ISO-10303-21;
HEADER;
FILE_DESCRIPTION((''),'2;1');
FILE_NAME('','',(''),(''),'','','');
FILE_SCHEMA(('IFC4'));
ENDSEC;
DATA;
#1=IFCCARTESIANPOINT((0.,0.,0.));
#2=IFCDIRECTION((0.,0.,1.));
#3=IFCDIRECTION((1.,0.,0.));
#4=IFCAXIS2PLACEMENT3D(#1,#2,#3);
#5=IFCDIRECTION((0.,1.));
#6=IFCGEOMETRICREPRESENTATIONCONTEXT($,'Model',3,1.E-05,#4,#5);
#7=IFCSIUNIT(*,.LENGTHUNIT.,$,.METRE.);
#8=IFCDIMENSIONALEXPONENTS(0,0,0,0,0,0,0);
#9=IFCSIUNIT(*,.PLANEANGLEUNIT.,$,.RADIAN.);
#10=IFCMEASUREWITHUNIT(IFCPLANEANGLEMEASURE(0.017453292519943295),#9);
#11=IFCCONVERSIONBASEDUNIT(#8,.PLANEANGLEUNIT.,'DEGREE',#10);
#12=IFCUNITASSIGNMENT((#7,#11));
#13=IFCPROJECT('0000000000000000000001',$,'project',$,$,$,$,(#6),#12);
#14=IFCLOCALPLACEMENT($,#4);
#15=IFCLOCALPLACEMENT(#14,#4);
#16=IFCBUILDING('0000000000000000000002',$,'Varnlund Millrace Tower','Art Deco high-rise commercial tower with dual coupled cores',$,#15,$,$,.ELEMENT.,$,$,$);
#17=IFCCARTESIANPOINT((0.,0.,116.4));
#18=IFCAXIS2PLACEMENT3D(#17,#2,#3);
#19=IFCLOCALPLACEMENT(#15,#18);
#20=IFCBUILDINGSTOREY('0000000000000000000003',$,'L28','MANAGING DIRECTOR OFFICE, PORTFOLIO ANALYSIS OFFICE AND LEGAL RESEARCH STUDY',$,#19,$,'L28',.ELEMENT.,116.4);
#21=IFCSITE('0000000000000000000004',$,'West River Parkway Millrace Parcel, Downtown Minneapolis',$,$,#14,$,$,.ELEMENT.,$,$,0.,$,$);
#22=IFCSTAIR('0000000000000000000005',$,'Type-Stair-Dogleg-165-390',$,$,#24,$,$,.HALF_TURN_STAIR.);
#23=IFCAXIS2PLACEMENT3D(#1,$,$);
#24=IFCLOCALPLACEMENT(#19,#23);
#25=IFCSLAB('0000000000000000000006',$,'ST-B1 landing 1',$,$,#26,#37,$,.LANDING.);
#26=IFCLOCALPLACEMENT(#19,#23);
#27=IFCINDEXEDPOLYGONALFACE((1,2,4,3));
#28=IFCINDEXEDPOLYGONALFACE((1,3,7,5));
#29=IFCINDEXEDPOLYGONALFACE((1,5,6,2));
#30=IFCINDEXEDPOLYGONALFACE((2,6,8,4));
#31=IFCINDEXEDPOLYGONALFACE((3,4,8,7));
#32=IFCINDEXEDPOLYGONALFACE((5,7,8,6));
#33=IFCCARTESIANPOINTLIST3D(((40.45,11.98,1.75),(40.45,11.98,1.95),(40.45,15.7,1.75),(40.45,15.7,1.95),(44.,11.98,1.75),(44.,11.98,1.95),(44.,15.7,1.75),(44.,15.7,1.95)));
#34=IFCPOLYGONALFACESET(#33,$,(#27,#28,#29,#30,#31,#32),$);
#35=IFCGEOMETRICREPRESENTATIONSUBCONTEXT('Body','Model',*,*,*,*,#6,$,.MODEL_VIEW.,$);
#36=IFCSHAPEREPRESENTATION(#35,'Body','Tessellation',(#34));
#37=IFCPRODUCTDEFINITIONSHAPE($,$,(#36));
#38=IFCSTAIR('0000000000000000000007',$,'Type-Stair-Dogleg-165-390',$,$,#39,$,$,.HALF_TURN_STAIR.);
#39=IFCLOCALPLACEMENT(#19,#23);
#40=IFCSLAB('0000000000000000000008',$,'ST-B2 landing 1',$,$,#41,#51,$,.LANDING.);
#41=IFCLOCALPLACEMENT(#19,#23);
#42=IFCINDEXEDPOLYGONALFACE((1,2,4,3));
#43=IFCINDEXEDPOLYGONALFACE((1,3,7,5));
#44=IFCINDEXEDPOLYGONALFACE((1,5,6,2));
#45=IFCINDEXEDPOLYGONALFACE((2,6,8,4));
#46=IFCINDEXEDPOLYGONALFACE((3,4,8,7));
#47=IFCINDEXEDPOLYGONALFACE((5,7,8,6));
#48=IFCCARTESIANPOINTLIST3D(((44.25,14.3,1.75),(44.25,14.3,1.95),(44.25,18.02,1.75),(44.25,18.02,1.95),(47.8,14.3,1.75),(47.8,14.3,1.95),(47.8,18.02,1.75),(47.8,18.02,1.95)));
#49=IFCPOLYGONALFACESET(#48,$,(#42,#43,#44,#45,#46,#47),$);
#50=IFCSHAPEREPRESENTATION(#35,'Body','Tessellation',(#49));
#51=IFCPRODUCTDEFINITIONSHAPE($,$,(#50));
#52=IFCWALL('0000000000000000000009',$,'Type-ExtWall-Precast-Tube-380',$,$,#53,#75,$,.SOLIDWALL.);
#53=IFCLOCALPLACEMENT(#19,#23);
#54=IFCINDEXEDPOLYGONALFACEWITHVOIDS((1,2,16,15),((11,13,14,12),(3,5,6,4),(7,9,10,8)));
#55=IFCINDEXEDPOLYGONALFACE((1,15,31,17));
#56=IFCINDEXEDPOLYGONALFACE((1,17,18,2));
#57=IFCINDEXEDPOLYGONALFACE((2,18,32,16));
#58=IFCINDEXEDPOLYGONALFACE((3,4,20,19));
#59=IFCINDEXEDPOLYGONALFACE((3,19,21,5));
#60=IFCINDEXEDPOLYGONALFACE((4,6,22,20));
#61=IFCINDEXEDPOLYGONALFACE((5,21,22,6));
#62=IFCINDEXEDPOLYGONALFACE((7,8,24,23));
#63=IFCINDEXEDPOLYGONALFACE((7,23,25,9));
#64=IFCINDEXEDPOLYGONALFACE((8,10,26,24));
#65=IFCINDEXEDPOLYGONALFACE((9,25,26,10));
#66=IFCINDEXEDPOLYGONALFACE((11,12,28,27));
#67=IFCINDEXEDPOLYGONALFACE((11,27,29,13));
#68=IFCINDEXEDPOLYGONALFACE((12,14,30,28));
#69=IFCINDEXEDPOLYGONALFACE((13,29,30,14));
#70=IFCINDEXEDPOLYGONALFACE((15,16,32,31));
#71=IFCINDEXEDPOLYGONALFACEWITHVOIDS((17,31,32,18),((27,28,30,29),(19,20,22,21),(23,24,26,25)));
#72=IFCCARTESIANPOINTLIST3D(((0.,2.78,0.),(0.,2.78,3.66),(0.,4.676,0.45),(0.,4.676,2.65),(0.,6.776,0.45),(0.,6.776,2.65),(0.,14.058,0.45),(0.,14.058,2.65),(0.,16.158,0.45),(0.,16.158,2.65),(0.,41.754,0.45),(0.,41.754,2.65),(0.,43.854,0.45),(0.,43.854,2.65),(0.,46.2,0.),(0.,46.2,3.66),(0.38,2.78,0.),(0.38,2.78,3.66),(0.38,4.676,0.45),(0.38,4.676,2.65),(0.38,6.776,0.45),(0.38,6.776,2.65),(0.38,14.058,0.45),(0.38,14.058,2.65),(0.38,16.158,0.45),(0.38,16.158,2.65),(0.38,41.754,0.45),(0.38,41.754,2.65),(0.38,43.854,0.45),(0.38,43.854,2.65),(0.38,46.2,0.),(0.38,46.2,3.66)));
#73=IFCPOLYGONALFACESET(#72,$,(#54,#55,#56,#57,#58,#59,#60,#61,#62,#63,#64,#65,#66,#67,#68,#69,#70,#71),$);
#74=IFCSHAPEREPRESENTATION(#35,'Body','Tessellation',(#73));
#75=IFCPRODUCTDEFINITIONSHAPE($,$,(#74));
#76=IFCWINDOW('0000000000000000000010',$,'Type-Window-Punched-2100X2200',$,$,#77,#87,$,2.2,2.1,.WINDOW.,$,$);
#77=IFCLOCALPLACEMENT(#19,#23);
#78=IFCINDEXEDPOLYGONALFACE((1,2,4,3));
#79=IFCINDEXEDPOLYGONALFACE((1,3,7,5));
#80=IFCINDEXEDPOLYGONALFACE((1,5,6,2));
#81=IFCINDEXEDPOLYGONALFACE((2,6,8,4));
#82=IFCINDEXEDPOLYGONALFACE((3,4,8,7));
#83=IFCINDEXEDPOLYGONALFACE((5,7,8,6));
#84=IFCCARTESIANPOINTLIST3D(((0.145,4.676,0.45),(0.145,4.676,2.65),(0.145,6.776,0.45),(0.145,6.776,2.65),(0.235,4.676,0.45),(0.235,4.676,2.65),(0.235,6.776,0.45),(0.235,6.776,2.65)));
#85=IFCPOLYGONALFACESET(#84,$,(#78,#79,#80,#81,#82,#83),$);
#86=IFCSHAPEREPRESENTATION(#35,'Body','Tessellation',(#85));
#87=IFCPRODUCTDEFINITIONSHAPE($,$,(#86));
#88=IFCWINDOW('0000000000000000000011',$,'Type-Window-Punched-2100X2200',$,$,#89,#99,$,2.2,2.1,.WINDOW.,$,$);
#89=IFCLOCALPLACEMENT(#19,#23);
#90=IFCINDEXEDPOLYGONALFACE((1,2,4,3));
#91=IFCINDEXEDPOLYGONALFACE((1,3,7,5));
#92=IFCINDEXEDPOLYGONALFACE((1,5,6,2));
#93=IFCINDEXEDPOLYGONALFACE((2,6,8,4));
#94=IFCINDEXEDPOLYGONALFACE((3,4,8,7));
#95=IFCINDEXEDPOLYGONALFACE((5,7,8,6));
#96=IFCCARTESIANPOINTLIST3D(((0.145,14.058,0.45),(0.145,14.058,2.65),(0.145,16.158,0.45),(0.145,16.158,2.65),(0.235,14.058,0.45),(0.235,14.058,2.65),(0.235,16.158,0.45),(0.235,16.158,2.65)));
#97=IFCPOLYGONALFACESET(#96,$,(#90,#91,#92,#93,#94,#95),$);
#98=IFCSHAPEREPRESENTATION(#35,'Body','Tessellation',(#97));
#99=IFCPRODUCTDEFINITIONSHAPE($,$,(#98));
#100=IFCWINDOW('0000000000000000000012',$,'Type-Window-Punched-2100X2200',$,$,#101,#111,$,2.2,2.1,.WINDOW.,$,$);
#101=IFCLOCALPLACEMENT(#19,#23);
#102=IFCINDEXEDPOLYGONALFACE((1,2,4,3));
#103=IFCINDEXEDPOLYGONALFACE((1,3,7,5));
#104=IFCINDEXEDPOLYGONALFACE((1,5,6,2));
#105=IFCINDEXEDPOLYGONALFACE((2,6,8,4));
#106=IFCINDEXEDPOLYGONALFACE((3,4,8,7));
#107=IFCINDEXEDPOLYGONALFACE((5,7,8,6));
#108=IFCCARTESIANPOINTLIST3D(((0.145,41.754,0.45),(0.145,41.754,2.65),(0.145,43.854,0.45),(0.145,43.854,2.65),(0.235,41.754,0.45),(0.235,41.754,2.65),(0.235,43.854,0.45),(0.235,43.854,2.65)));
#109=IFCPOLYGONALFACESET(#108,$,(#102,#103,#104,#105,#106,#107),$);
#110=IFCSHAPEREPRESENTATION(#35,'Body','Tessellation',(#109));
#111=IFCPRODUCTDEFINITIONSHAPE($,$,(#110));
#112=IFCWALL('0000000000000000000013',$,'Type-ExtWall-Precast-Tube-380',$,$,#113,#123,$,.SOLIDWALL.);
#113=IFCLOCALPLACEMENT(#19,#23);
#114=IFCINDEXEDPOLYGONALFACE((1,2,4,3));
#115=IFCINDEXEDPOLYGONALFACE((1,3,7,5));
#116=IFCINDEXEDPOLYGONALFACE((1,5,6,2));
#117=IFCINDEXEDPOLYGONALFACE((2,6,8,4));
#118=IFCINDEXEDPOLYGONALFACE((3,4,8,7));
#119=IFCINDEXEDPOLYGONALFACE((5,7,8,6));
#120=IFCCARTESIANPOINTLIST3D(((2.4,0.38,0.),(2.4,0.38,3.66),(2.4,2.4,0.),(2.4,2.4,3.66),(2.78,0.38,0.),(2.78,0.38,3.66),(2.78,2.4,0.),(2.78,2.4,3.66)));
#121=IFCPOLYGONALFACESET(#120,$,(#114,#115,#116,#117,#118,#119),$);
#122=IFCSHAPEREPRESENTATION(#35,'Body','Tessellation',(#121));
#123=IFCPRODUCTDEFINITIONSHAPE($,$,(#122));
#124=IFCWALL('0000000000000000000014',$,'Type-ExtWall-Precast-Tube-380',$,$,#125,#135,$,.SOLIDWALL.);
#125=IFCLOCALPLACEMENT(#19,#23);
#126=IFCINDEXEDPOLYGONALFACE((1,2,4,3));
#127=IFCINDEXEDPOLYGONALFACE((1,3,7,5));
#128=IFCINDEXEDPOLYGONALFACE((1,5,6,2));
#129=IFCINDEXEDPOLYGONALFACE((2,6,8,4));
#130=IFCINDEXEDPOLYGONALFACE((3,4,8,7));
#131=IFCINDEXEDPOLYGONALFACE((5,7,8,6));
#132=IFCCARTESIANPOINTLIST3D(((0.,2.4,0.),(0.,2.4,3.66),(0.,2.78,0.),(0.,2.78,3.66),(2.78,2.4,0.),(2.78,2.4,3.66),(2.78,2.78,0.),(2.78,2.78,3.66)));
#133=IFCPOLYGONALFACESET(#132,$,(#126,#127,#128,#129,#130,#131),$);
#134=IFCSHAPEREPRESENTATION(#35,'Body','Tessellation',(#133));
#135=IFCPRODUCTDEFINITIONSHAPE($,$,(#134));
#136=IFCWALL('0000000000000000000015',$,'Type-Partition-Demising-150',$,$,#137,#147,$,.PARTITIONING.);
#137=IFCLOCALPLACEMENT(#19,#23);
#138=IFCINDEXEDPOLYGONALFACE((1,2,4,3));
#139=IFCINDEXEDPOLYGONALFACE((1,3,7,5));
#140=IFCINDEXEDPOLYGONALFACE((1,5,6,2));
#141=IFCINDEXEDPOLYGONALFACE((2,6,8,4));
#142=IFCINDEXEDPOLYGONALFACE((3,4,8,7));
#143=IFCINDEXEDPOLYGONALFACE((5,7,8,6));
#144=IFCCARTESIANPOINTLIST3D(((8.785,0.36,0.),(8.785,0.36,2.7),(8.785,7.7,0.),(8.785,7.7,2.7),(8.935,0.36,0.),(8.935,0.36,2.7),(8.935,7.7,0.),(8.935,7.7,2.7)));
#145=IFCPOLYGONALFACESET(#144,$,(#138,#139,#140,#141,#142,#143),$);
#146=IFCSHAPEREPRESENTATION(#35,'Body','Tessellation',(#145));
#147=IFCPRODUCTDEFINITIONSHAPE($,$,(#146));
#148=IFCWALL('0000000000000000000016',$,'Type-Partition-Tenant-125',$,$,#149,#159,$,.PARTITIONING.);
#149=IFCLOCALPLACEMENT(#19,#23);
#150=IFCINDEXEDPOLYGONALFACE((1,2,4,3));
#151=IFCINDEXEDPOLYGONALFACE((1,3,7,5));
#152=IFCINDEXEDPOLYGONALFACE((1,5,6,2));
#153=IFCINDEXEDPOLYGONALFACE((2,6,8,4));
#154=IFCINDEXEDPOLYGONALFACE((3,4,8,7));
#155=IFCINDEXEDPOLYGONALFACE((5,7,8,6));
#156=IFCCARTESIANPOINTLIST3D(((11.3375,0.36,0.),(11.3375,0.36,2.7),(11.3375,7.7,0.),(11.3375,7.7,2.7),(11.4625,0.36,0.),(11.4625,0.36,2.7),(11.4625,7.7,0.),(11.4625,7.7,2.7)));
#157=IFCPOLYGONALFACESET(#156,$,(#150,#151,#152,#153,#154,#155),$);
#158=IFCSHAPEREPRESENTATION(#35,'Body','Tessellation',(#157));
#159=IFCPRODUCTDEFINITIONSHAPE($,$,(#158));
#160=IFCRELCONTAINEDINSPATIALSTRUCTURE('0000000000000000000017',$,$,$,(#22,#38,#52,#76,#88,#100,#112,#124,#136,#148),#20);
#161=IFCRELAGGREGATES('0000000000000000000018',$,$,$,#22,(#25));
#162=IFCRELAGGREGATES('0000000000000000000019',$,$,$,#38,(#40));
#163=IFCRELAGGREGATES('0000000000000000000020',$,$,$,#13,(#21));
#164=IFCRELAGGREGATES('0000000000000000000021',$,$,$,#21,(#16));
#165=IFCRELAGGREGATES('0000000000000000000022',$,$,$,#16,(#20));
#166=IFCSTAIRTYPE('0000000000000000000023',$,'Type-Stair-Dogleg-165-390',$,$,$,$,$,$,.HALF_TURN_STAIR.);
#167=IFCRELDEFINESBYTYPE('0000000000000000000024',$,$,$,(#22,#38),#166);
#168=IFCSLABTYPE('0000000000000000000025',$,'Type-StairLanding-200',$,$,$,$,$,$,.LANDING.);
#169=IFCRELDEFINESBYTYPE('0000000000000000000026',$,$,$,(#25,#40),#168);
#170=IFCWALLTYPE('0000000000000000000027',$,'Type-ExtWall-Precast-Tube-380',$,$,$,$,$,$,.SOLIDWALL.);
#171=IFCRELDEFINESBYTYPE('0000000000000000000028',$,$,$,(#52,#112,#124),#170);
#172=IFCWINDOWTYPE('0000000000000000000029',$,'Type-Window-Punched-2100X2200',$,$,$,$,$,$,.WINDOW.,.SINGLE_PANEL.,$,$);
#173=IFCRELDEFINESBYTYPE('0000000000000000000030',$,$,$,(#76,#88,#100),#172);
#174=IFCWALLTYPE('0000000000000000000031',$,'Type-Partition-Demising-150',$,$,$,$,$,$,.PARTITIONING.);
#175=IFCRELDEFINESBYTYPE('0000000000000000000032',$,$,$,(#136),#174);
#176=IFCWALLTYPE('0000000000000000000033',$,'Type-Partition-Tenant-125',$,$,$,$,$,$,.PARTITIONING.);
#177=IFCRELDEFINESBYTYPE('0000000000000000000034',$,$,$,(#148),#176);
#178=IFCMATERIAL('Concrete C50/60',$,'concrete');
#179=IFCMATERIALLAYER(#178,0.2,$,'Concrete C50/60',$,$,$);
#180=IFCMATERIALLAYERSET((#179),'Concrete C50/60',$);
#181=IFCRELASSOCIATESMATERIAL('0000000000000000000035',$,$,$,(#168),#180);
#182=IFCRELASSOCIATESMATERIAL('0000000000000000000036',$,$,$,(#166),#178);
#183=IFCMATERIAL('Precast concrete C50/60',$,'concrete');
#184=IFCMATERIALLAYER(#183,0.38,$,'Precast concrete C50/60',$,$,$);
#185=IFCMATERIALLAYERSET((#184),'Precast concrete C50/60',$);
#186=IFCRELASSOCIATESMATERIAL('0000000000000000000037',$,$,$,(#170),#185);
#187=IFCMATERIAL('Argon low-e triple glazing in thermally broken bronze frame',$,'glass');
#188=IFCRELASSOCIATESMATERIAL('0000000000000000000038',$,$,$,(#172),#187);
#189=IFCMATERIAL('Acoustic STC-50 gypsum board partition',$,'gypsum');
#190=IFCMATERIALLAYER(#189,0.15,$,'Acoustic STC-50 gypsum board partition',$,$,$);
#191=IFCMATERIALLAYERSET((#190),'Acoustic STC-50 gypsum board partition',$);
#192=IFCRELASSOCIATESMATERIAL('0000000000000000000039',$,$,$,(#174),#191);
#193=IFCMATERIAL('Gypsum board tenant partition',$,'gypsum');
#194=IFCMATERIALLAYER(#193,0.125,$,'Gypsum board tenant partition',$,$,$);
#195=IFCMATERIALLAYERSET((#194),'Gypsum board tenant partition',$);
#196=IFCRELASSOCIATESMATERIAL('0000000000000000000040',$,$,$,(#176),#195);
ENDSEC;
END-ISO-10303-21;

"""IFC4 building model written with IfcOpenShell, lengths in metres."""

from ifc_helpers import new_model, entity, si_unit, converted_unit, direction, frame, origin_with_axes, origin_2d_with_axis, place, context, subcontext, project, spatial, polyline, rectangle, outline, extrude, material, layer, layer_set, type_object, element, fill, aggregate, save


model = new_model("IFC4")

# Units and contexts
model_context = context("Model", 3, precision=1e-05, world=origin_with_axes(), true_north=direction((0.0, 1.0)))
body_context = subcontext(model_context, "Body", "Model", "MODEL_VIEW")
ifc_project = project(units=[si_unit("LENGTHUNIT", "METRE"), converted_unit("PLANEANGLEUNIT", "DEGREE", entity("IfcPlaneAngleMeasure", 0.017453292519943295), si_unit("PLANEANGLEUNIT", "RADIAN"), dimensions=[0, 0, 0, 0, 0, 0, 0])], contexts=[model_context])

# Site, building, storey
site_placement = place(None, origin_with_axes())
site = spatial("IfcSite", under=ifc_project, at=site_placement, Name="West River Parkway Millrace Parcel, Downtown Minneapolis", CompositionType="ELEMENT", RefElevation=0.0)
building_placement = place(site_placement, origin_with_axes())
building = spatial("IfcBuilding", under=site, at=building_placement, Name="Varnlund Millrace Tower", Description="Art Deco high-rise commercial tower with dual coupled cores", CompositionType="ELEMENT")
storey_placement = place(building_placement, frame((0.0, 0.0, 116.4), z_axis=(0.0, 0.0, 1.0), x_axis=(1.0, 0.0, 0.0)))
storey = spatial("IfcBuildingStorey", under=building, at=storey_placement, Name="L28", Description="MANAGING DIRECTOR OFFICE, PORTFOLIO ANALYSIS OFFICE AND LEGAL RESEARCH STUDY", LongName="L28", CompositionType="ELEMENT", Elevation=116.4)

# Stairs, slabs
ifc_material_1 = material(Name="Concrete C50/60", Category="concrete")
ifc_layer_1 = layer(ifc_material_1, 0.2, Name="Concrete C50/60")
ifc_layer_set_1 = layer_set([ifc_layer_1], Name="Concrete C50/60")
slab_type = type_object("IfcSlabType", Name="Type-StairLanding-200", PredefinedType="LANDING", material=ifc_layer_set_1)
stair_type_1 = type_object("IfcStairType", Name="Type-Stair-Dogleg-165-390", PredefinedType="HALF_TURN_STAIR", material=ifc_material_1)
stair_1_placement = place(storey_placement, origin_with_axes())
stair_1 = element("IfcStair", 1, at=stair_1_placement, inside=storey, type_object=stair_type_1, Name="Type-Stair-Dogleg-165-390", PredefinedType="HALF_TURN_STAIR")
slab_1_placement = place(storey_placement, frame((0.0, 0.0, 1.75), z_axis=(0.0, 0.0, 1.0), x_axis=(1.0, 0.0, 0.0)))
slab_1 = element("IfcSlab", 2, at=slab_1_placement, type_object=slab_type, Name="ST-B1 landing 1", PredefinedType="LANDING", context=body_context, shape_type="SweptSolid", body=[
    extrude(outline(polyline([(44.0, 11.98), (44.0, 15.7), (40.45, 15.7), (40.45, 11.98), (44.0, 11.98)])), origin_with_axes(), (0.0, 0.0, 1.0), 0.2),
])
aggregate(stair_1, [slab_1])
stair_2_placement = place(storey_placement, origin_with_axes())
stair_2 = element("IfcStair", 3, at=stair_2_placement, inside=storey, type_object=stair_type_1, Name="Type-Stair-Dogleg-165-390", PredefinedType="HALF_TURN_STAIR")
slab_2_placement = place(storey_placement, frame((0.0, 0.0, 1.75), z_axis=(0.0, 0.0, 1.0), x_axis=(1.0, 0.0, 0.0)))
slab_2 = element("IfcSlab", 4, at=slab_2_placement, type_object=slab_type, Name="ST-B2 landing 1", PredefinedType="LANDING", context=body_context, shape_type="SweptSolid", body=[
    extrude(outline(polyline([(44.25, 18.02), (44.25, 14.3), (47.8, 14.3), (47.8, 18.02), (44.25, 18.02)])), origin_with_axes(), (0.0, 0.0, 1.0), 0.2),
])
aggregate(stair_2, [slab_2])

# Wall, openings, windows
ifc_material_2 = material(Name="Precast concrete C50/60", Category="concrete")
ifc_layer_2 = layer(ifc_material_2, 0.38, Name="Precast concrete C50/60")
ifc_layer_set_2 = layer_set([ifc_layer_2], Name="Precast concrete C50/60")
wall_type_1 = type_object("IfcWallType", Name="Type-ExtWall-Precast-Tube-380", PredefinedType="SOLIDWALL", material=ifc_layer_set_2)
wall_1_placement = place(storey_placement, frame((0.19, 2.78, 0.0), z_axis=(0.0, 0.0, 1.0), x_axis=(0.0, 1.0, 0.0)))
wall_1 = element("IfcWall", 5, at=wall_1_placement, inside=storey, type_object=wall_type_1, Name="Type-ExtWall-Precast-Tube-380", PredefinedType="SOLIDWALL", context=body_context, shape_type="SweptSolid", body=[
    extrude(outline(polyline([(0.0, -0.19), (43.42, -0.19), (43.42, 0.19), (0.0, 0.19), (0.0, -0.19)])), origin_with_axes(), (0.0, 0.0, 1.0), 3.66),
])
opening_1_placement = place(wall_1_placement, frame((2.946, 0.0, 0.45), z_axis=(0.0, 0.0, 1.0), x_axis=(1.0, 0.0, 0.0)))
opening_1 = element("IfcOpeningElement", 6, at=opening_1_placement, cuts=wall_1, PredefinedType="OPENING", context=body_context, shape_type="SweptSolid", body=[
    extrude(rectangle(XDim=2.1, YDim=0.4, at=origin_2d_with_axis()), origin_with_axes(), (0.0, 0.0, 1.0), 2.2),
])
opening_2_placement = place(wall_1_placement, frame((12.328, 0.0, 0.45), z_axis=(0.0, 0.0, 1.0), x_axis=(1.0, 0.0, 0.0)))
opening_2 = element("IfcOpeningElement", 7, at=opening_2_placement, cuts=wall_1, PredefinedType="OPENING", context=body_context, shape_type="SweptSolid", body=[
    extrude(rectangle(XDim=2.1, YDim=0.4, at=origin_2d_with_axis()), origin_with_axes(), (0.0, 0.0, 1.0), 2.2),
])
opening_3_placement = place(wall_1_placement, frame((40.024, 0.0, 0.45), z_axis=(0.0, 0.0, 1.0), x_axis=(1.0, 0.0, 0.0)))
opening_3 = element("IfcOpeningElement", 8, at=opening_3_placement, cuts=wall_1, PredefinedType="OPENING", context=body_context, shape_type="SweptSolid", body=[
    extrude(rectangle(XDim=2.1, YDim=0.4, at=origin_2d_with_axis()), origin_with_axes(), (0.0, 0.0, 1.0), 2.2),
])
ifc_material_3 = material(Name="Argon low-e triple glazing in thermally broken bronze frame", Category="glass")
window_type = type_object("IfcWindowType", Name="Type-Window-Punched-2100X2200", PartitioningType="SINGLE_PANEL", PredefinedType="WINDOW", material=ifc_material_3)
window_1_placement = place(wall_1_placement, frame((2.946, 0.0, 0.45), z_axis=(0.0, 0.0, 1.0), x_axis=(1.0, 0.0, 0.0)))
window_1 = element("IfcWindow", 9, at=window_1_placement, inside=storey, type_object=window_type, Name="Type-Window-Punched-2100X2200", OverallHeight=2.2, OverallWidth=2.1, PredefinedType="WINDOW", context=body_context, shape_type="SweptSolid", body=[
    extrude(rectangle(XDim=2.1, YDim=0.09, at=origin_2d_with_axis()), origin_with_axes(), (0.0, 0.0, 1.0), 2.2),
])
fill(opening_1, window_1)
window_2_placement = place(wall_1_placement, frame((12.328, 0.0, 0.45), z_axis=(0.0, 0.0, 1.0), x_axis=(1.0, 0.0, 0.0)))
window_2 = element("IfcWindow", 10, at=window_2_placement, inside=storey, type_object=window_type, Name="Type-Window-Punched-2100X2200", OverallHeight=2.2, OverallWidth=2.1, PredefinedType="WINDOW", context=body_context, shape_type="SweptSolid", body=[
    extrude(rectangle(XDim=2.1, YDim=0.09, at=origin_2d_with_axis()), origin_with_axes(), (0.0, 0.0, 1.0), 2.2),
])
fill(opening_2, window_2)
window_3_placement = place(wall_1_placement, frame((40.024, 0.0, 0.45), z_axis=(0.0, 0.0, 1.0), x_axis=(1.0, 0.0, 0.0)))
window_3 = element("IfcWindow", 11, at=window_3_placement, inside=storey, type_object=window_type, Name="Type-Window-Punched-2100X2200", OverallHeight=2.2, OverallWidth=2.1, PredefinedType="WINDOW", context=body_context, shape_type="SweptSolid", body=[
    extrude(rectangle(XDim=2.1, YDim=0.09, at=origin_2d_with_axis()), origin_with_axes(), (0.0, 0.0, 1.0), 2.2),
])
fill(opening_3, window_3)

# Walls
wall_2_placement = place(storey_placement, frame((2.59, 0.38, 0.0), z_axis=(0.0, 0.0, 1.0), x_axis=(0.0, 1.0, 0.0)))
element("IfcWall", 12, at=wall_2_placement, inside=storey, type_object=wall_type_1, Name="Type-ExtWall-Precast-Tube-380", PredefinedType="SOLIDWALL", context=body_context, shape_type="SweptSolid", body=[
    extrude(outline(polyline([(0.0, -0.19), (2.02, -0.19), (2.02, 0.19), (0.0, 0.19), (0.0, -0.19)])), origin_with_axes(), (0.0, 0.0, 1.0), 3.66),
])
wall_3_placement = place(storey_placement, frame((2.78, 2.59, 0.0), z_axis=(0.0, 0.0, 1.0), x_axis=(-1.0, 0.0, 0.0)))
element("IfcWall", 13, at=wall_3_placement, inside=storey, type_object=wall_type_1, Name="Type-ExtWall-Precast-Tube-380", PredefinedType="SOLIDWALL", context=body_context, shape_type="SweptSolid", body=[
    extrude(outline(polyline([(0.0, -0.19), (2.78, -0.19), (2.78, 0.19), (0.0, 0.19), (0.0, -0.19)])), origin_with_axes(), (0.0, 0.0, 1.0), 3.66),
])
ifc_material_4 = material(Name="Acoustic STC-50 gypsum board partition", Category="gypsum")
ifc_layer_3 = layer(ifc_material_4, 0.15, Name="Acoustic STC-50 gypsum board partition")
ifc_layer_set_3 = layer_set([ifc_layer_3], Name="Acoustic STC-50 gypsum board partition")
wall_type_2 = type_object("IfcWallType", Name="Type-Partition-Demising-150", PredefinedType="PARTITIONING", material=ifc_layer_set_3)
wall_4_placement = place(storey_placement, frame((8.86, 0.36, 0.0), z_axis=(0.0, 0.0, 1.0), x_axis=(0.0, 1.0, 0.0)))
element("IfcWall", 14, at=wall_4_placement, inside=storey, type_object=wall_type_2, Name="Type-Partition-Demising-150", PredefinedType="PARTITIONING", context=body_context, shape_type="SweptSolid", body=[
    extrude(outline(polyline([(0.0, -0.075), (7.34, -0.075), (7.34, 0.075), (0.0, 0.075), (0.0, -0.075)])), origin_with_axes(), (0.0, 0.0, 1.0), 2.7),
])
ifc_material_5 = material(Name="Gypsum board tenant partition", Category="gypsum")
ifc_layer_4 = layer(ifc_material_5, 0.125, Name="Gypsum board tenant partition")
ifc_layer_set_4 = layer_set([ifc_layer_4], Name="Gypsum board tenant partition")
wall_type_3 = type_object("IfcWallType", Name="Type-Partition-Tenant-125", PredefinedType="PARTITIONING", material=ifc_layer_set_4)
wall_5_placement = place(storey_placement, frame((11.4, 0.36, 0.0), z_axis=(0.0, 0.0, 1.0), x_axis=(0.0, 1.0, 0.0)))
element("IfcWall", 15, at=wall_5_placement, inside=storey, type_object=wall_type_3, Name="Type-Partition-Tenant-125", PredefinedType="PARTITIONING", context=body_context, shape_type="SweptSolid", body=[
    extrude(outline(polyline([(0.0, -0.0625), (7.34, -0.0625), (7.34, 0.0625), (0.0, 0.0625), (0.0, -0.0625)])), origin_with_axes(), (0.0, 0.0, 1.0), 2.7),
])

save(model, "model.ifc")
